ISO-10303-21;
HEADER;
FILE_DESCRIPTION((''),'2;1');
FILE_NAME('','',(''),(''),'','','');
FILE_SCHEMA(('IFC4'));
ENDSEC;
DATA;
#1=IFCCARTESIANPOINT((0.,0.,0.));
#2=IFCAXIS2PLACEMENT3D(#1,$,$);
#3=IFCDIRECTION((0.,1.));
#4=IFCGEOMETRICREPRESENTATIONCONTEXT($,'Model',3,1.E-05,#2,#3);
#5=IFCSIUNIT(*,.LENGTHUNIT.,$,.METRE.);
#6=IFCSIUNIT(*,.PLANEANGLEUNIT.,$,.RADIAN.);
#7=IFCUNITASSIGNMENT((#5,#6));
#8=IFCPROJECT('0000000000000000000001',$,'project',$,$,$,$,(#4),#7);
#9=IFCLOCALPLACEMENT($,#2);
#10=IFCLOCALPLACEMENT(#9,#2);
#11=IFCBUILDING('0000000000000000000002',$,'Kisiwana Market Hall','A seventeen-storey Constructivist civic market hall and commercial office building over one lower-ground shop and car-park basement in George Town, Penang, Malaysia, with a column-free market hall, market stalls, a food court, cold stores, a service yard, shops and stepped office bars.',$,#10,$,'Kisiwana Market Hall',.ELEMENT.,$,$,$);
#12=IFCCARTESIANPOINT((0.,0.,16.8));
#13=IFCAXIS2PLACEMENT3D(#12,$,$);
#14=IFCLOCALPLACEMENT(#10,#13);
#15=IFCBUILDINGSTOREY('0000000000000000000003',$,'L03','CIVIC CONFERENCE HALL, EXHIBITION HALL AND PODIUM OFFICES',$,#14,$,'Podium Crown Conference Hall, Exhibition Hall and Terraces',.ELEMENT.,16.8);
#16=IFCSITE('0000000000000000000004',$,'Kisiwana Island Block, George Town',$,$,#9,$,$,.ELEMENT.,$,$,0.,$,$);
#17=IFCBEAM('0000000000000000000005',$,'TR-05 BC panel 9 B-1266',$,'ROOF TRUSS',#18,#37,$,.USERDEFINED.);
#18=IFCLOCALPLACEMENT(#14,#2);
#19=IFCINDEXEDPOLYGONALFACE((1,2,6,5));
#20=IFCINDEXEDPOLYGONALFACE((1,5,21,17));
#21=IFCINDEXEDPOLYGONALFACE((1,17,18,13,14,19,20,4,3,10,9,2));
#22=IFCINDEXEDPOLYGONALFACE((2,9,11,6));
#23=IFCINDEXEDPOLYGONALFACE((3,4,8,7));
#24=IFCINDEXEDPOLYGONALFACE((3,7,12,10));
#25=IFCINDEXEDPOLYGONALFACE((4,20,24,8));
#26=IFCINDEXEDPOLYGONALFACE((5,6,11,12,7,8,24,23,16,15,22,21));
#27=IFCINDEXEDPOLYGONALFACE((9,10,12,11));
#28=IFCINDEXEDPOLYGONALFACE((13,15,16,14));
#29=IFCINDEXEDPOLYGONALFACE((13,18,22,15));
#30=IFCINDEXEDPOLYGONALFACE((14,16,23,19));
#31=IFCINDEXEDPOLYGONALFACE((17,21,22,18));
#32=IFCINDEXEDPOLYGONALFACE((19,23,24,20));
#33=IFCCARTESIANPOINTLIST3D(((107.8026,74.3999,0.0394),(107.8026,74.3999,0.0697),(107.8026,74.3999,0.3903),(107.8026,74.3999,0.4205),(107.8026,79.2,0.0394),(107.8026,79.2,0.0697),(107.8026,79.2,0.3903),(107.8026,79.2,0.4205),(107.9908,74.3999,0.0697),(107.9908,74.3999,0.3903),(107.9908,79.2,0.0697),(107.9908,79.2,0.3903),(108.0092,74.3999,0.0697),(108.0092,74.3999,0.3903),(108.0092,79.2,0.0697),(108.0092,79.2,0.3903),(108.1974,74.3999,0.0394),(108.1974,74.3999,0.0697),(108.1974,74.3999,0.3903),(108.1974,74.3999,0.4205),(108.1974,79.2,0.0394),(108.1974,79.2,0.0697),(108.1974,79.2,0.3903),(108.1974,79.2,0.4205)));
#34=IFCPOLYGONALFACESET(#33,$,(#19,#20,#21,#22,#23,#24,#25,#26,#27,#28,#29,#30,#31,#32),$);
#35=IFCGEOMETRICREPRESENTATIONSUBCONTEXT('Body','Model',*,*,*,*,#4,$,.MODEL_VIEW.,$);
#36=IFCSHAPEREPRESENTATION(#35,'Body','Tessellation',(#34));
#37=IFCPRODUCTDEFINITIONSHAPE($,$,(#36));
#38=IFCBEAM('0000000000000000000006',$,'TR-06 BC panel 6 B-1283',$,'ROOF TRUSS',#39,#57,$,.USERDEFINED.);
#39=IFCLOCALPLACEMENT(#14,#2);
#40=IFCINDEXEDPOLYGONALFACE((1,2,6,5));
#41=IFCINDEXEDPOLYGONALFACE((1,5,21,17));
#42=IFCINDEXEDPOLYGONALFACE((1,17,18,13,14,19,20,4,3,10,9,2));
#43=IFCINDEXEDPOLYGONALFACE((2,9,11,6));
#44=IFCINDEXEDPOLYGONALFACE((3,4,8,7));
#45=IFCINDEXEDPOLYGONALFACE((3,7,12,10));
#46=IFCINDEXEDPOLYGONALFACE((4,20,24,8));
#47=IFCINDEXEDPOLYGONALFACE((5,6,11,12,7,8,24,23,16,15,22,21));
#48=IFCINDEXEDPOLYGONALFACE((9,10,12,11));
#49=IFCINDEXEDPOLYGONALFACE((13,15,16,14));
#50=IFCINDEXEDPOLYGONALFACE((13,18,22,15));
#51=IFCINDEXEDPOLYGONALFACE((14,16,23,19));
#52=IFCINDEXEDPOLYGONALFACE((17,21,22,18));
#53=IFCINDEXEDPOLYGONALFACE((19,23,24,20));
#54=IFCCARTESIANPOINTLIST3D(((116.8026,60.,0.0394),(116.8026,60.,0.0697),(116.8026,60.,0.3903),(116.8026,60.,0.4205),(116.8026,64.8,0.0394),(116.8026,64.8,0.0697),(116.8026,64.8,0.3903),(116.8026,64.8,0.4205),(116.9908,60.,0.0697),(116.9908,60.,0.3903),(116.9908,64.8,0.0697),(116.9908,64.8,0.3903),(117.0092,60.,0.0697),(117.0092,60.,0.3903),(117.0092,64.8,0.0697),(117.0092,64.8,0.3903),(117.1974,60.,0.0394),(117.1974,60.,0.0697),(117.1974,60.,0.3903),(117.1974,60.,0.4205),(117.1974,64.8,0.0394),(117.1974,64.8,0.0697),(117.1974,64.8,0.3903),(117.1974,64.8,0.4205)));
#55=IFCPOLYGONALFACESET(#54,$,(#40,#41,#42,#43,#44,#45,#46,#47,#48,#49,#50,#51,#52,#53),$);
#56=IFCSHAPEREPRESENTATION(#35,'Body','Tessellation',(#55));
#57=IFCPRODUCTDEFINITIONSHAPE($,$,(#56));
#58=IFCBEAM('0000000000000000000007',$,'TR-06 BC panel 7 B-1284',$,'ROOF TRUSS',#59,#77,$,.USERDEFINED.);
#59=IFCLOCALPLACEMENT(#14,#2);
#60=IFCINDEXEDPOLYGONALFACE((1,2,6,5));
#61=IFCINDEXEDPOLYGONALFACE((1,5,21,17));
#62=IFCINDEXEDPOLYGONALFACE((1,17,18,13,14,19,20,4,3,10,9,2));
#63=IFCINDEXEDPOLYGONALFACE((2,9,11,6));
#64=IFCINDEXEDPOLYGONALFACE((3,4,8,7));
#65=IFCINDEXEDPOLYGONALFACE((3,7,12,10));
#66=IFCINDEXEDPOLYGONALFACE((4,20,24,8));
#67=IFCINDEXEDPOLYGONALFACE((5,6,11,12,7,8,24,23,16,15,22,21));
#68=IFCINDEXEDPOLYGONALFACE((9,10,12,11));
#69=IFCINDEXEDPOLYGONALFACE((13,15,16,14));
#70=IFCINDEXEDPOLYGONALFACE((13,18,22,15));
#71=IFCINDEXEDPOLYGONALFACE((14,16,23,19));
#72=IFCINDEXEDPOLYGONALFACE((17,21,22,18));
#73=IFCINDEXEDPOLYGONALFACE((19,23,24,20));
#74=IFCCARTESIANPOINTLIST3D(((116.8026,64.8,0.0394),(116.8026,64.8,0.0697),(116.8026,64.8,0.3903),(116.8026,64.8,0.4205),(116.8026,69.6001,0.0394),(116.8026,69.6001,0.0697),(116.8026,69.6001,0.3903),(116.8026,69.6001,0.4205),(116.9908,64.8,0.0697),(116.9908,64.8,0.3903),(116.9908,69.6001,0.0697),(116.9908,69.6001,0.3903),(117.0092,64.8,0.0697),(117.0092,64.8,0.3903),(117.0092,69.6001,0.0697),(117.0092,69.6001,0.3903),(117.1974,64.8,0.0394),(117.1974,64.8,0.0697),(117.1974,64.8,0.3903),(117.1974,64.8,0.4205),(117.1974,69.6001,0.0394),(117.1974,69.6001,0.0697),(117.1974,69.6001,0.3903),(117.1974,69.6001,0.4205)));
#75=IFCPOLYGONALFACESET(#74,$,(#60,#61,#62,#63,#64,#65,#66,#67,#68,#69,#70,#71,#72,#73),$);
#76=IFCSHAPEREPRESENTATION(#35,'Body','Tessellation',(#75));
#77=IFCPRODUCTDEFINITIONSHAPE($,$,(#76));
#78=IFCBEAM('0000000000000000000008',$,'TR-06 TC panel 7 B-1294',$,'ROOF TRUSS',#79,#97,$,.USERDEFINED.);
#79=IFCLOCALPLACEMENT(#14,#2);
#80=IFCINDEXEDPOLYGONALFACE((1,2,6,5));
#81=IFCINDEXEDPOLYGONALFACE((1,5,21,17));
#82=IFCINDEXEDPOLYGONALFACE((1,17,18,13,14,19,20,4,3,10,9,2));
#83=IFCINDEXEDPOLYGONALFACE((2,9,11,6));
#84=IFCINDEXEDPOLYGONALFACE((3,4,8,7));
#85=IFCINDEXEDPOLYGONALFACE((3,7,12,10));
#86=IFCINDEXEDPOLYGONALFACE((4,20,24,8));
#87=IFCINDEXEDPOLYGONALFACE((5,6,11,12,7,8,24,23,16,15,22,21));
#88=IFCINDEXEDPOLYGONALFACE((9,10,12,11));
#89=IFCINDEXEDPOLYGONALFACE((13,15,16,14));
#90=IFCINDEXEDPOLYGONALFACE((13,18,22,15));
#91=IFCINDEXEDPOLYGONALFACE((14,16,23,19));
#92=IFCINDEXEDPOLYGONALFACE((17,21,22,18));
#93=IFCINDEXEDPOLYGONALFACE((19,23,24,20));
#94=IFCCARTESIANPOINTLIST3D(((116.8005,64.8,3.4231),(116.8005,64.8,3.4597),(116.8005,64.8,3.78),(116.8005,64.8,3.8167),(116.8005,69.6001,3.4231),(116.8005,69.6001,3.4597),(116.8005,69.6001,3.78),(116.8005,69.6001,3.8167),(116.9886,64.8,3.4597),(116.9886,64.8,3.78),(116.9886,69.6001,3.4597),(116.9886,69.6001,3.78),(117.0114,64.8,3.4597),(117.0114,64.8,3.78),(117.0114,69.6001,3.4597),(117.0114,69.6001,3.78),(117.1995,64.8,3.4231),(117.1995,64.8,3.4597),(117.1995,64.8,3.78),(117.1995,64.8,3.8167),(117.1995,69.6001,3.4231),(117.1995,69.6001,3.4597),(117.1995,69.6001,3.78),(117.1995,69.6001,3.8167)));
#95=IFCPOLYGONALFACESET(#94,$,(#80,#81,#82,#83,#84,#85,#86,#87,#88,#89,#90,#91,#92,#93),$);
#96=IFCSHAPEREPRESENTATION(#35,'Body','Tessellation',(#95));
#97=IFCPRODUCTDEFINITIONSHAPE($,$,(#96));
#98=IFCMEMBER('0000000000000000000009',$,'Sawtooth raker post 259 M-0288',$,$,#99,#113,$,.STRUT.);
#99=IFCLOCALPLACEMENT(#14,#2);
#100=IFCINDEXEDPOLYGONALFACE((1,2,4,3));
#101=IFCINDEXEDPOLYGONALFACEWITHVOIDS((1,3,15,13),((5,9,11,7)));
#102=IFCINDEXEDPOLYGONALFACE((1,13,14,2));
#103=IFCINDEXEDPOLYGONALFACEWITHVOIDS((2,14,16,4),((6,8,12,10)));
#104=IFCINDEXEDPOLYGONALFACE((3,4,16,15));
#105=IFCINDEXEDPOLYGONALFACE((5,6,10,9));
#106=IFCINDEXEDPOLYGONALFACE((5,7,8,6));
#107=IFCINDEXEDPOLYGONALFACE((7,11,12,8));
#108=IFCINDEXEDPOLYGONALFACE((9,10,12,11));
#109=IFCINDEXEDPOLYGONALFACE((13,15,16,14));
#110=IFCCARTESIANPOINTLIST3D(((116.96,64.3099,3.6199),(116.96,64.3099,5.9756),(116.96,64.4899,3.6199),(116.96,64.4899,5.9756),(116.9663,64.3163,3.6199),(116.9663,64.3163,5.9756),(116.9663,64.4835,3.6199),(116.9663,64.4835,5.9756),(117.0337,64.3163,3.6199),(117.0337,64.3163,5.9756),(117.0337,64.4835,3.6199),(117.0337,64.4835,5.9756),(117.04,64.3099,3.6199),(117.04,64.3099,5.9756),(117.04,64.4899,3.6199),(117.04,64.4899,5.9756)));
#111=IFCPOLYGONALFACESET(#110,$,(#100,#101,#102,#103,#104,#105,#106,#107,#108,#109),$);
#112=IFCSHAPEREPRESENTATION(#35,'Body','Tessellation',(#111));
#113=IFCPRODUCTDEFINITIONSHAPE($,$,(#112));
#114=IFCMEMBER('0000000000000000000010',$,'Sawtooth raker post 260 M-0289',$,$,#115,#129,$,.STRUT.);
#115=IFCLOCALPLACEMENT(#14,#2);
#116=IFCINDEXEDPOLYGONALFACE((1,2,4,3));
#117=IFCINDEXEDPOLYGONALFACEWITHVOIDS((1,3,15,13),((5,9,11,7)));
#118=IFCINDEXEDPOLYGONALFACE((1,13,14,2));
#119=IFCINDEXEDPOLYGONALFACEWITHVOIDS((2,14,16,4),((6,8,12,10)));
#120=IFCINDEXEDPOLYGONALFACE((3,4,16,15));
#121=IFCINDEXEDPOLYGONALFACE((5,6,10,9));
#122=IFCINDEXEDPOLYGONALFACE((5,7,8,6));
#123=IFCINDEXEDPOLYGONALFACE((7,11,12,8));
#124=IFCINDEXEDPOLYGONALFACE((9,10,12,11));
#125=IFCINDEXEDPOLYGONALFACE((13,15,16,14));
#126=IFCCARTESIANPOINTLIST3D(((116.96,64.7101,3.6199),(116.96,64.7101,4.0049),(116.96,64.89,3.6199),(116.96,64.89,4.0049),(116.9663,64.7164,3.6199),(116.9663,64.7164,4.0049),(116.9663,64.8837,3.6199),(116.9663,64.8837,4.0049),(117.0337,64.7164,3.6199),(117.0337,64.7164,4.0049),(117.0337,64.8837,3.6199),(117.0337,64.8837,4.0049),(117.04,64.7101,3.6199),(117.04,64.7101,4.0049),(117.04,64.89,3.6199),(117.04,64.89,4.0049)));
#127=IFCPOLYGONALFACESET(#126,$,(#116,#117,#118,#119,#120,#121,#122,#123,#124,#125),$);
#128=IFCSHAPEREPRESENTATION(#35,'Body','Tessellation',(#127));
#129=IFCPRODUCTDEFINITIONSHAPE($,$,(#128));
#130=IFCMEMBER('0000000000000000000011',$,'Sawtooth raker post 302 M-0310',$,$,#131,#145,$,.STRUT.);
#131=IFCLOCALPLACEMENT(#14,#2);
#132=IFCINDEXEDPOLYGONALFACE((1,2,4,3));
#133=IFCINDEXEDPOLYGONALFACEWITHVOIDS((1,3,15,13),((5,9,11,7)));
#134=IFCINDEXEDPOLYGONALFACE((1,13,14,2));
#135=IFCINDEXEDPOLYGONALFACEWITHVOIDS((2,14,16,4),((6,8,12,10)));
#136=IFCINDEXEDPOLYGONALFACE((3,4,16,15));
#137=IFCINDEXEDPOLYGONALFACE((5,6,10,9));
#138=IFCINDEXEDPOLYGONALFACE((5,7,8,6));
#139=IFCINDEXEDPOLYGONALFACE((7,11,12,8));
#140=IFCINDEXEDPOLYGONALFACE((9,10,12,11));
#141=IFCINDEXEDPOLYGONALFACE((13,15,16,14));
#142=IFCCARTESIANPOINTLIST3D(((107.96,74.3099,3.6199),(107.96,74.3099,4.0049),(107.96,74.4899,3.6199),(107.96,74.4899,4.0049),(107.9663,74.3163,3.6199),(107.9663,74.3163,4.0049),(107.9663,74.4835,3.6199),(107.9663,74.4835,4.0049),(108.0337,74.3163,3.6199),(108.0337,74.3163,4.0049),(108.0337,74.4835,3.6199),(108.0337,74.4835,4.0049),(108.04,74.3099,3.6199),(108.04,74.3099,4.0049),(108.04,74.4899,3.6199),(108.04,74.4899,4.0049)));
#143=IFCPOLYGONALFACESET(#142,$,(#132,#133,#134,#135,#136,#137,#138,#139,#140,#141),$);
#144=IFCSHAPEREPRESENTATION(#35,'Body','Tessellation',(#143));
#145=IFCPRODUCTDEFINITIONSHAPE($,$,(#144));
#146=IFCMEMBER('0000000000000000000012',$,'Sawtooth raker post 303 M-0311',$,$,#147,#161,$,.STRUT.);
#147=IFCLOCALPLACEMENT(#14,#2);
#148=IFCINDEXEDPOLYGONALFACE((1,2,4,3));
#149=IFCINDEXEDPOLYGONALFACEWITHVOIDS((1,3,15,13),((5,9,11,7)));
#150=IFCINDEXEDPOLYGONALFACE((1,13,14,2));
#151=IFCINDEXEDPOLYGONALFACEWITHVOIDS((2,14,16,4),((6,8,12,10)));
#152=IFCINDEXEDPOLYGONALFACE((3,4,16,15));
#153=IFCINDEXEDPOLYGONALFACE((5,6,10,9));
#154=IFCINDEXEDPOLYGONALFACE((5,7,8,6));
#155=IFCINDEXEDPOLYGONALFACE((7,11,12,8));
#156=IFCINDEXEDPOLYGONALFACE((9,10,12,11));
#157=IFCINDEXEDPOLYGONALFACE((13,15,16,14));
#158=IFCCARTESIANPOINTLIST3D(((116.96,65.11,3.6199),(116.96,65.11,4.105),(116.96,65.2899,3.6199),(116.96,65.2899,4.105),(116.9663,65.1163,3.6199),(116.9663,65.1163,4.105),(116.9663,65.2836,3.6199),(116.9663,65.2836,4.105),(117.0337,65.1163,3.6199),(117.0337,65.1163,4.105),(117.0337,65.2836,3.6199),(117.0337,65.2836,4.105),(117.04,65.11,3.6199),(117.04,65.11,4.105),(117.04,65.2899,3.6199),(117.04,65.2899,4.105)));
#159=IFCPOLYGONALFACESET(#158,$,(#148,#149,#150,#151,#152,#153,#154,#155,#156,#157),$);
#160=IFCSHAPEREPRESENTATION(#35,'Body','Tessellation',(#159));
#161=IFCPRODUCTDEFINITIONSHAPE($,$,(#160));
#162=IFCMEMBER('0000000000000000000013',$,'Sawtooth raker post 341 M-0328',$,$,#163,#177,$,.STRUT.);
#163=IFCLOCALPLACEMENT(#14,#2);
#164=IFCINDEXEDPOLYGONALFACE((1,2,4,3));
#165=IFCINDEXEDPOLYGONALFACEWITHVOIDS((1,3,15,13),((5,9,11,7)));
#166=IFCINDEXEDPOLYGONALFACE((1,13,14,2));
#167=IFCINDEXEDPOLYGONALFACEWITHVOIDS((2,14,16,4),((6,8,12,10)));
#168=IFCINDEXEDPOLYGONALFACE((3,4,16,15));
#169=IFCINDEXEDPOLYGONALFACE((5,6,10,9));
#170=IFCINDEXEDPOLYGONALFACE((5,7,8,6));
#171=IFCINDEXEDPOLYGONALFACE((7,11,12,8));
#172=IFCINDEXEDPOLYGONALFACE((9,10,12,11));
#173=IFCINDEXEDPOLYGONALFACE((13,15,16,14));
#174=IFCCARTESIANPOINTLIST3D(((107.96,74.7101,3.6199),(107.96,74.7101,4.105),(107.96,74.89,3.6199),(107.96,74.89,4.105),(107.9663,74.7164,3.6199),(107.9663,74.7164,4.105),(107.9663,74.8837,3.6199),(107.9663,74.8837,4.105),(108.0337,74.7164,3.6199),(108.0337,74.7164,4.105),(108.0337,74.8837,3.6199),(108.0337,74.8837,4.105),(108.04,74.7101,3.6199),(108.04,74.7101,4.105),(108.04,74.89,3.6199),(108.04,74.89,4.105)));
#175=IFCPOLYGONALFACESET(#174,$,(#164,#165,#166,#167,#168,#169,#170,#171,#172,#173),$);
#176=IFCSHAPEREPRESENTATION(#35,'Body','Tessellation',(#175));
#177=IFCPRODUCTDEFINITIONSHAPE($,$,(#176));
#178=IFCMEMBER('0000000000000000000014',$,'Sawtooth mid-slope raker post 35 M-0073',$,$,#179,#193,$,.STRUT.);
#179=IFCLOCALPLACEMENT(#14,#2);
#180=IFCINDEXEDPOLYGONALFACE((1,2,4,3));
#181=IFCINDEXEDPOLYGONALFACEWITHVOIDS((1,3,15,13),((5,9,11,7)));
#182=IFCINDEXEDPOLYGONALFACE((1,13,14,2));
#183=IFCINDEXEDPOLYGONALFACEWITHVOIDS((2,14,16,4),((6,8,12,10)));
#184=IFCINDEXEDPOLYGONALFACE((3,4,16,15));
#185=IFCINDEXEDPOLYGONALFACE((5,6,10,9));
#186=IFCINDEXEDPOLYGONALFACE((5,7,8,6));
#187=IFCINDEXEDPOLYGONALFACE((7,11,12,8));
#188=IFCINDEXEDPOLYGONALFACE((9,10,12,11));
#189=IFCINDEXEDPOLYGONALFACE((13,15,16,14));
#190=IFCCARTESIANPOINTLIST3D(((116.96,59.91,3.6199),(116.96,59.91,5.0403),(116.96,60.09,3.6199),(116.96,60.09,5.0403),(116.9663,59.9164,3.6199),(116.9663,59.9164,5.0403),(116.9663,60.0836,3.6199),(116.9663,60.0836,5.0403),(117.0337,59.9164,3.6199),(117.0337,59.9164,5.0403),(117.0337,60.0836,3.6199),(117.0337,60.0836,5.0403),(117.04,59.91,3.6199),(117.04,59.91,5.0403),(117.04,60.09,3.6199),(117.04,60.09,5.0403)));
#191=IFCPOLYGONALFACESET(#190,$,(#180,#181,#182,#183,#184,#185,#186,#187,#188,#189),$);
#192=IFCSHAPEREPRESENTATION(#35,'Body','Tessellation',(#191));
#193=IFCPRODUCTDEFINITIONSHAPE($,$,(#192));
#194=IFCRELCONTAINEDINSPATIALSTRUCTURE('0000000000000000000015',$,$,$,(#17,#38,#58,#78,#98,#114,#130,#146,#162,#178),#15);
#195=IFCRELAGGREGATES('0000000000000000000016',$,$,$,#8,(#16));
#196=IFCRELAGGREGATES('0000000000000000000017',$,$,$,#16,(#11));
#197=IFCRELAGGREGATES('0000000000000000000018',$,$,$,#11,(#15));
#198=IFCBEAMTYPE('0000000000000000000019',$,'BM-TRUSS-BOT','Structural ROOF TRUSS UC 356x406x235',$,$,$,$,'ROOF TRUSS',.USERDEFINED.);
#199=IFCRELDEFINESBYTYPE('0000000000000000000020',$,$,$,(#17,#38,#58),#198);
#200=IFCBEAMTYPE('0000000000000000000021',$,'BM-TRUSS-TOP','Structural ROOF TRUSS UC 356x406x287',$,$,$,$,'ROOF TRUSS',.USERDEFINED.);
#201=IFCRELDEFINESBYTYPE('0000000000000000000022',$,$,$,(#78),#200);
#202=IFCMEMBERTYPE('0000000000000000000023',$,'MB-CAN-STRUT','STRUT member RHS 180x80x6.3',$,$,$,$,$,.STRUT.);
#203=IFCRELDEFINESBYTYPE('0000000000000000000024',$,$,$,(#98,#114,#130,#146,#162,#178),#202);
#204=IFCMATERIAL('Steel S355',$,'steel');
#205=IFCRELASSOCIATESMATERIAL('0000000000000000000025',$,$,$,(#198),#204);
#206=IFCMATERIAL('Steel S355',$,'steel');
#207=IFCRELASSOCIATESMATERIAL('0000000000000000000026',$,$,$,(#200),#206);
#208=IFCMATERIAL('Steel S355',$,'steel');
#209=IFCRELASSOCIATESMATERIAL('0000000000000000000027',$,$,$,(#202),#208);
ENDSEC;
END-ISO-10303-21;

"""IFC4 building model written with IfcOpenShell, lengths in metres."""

from ifc_helpers import new_model, si_unit, direction, frame, origin, origin_2d, place, context, subcontext, project, spatial, hollow_rectangle, i_section, extrude, material, material_profile, profile_set, type_object, element, save


model = new_model("IFC4")

# Units and contexts
model_context = context("Model", 3, precision=1e-05, world=origin(), true_north=direction((0.0, 1.0)))
body_context = subcontext(model_context, "Body", "Model", "MODEL_VIEW")
ifc_project = project(units=[si_unit("LENGTHUNIT", "METRE"), si_unit("PLANEANGLEUNIT", "RADIAN")], contexts=[model_context])

# Site, building, storey
site_placement = place(None, origin())
site = spatial("IfcSite", under=ifc_project, at=site_placement, Name="Kisiwana Island Block, George Town", CompositionType="ELEMENT", RefElevation=0.0)
building_placement = place(site_placement, origin())
building = spatial("IfcBuilding", under=site, at=building_placement, Name="Kisiwana Market Hall", Description="A seventeen-storey Constructivist civic market hall and commercial office building over one lower-ground shop and car-park basement in George Town, Penang, Malaysia, with a column-free market hall, market stalls, a food court, cold stores, a service yard, shops and stepped office bars.", LongName="Kisiwana Market Hall", CompositionType="ELEMENT")
storey_placement = place(building_placement, frame((0.0, 0.0, 16.8)))
storey = spatial("IfcBuildingStorey", under=building, at=storey_placement, Name="L03", Description="CIVIC CONFERENCE HALL, EXHIBITION HALL AND PODIUM OFFICES", LongName="Podium Crown Conference Hall, Exhibition Hall and Terraces", CompositionType="ELEMENT", Elevation=16.8)

# Beams
ifc_material_1 = material(Name="Steel S355", Category="steel")
ifc_material_profile_1 = material_profile(ifc_material_1, i_section(OverallWidth=0.3948, OverallDepth=0.3811, WebThickness=0.0183, FlangeThickness=0.0303, at=origin_2d()), Name="UC 356x406x235")
ifc_profile_set_1 = profile_set([ifc_material_profile_1], Name="Steel S355")
beam_type_1 = type_object("IfcBeamType", Name="BM-TRUSS-BOT", Description="Structural ROOF TRUSS UC 356x406x235", ElementType="ROOF TRUSS", PredefinedType="USERDEFINED", material=ifc_profile_set_1)
for number, where, z_axis, x_axis, name in (
    (1, (108.0, 74.3999, 0.23), (0.0, 1.0, 0.0), (-1.0, 0.0, 0.0), "TR-05 BC panel 9 B-1266"),
    (2, (117.0, 60.0, 0.23), (0.0, 1.0, 0.0), (-1.0, 0.0, 0.0), "TR-06 BC panel 6 B-1283"),
    (3, (117.0, 64.8, 0.23), (0.0, 1.0, 0.0), (-1.0, 0.0, 0.0), "TR-06 BC panel 7 B-1284"),
):
    element("IfcBeam", number, at=place(storey_placement, frame(where, z_axis=z_axis, x_axis=x_axis)), inside=storey, type_object=beam_type_1, Name=name, ObjectType="ROOF TRUSS", PredefinedType="USERDEFINED", context=body_context, shape_type="SweptSolid", body=[
        extrude(i_section(OverallWidth=0.3948, OverallDepth=0.3811, WebThickness=0.0183, FlangeThickness=0.0303, at=origin_2d()), origin(), (0.0, 0.0, 1.0), 4.8),
    ])
ifc_material_2 = material(Name="Steel S355", Category="steel")
ifc_material_profile_2 = material_profile(ifc_material_2, i_section(OverallWidth=0.3989, OverallDepth=0.3936, WebThickness=0.0227, FlangeThickness=0.0366, at=origin_2d()), Name="UC 356x406x287")
ifc_profile_set_2 = profile_set([ifc_material_profile_2], Name="Steel S355")
beam_type_2 = type_object("IfcBeamType", Name="BM-TRUSS-TOP", Description="Structural ROOF TRUSS UC 356x406x287", ElementType="ROOF TRUSS", PredefinedType="USERDEFINED", material=ifc_profile_set_2)
beam_placement = place(storey_placement, frame((117.0, 64.8, 3.6199), z_axis=(0.0, 1.0, 0.0), x_axis=(-1.0, 0.0, 0.0)))
element("IfcBeam", 4, at=beam_placement, inside=storey, type_object=beam_type_2, Name="TR-06 TC panel 7 B-1294", ObjectType="ROOF TRUSS", PredefinedType="USERDEFINED", context=body_context, shape_type="SweptSolid", body=[
    extrude(i_section(OverallWidth=0.3989, OverallDepth=0.3936, WebThickness=0.0227, FlangeThickness=0.0366, at=origin_2d()), origin(), (0.0, 0.0, 1.0), 4.8),
])

# Members
ifc_material_3 = material(Name="Steel S355", Category="steel")
ifc_material_profile_3 = material_profile(ifc_material_3, hollow_rectangle(XDim=0.0801, YDim=0.1799, WallThickness=0.0063, at=origin_2d()), Name="RHS 180x80x6.3")
ifc_profile_set_3 = profile_set([ifc_material_profile_3], Name="Steel S355")
member_type_1 = type_object("IfcMemberType", Name="MB-CAN-STRUT", Description="STRUT member RHS 180x80x6.3", PredefinedType="STRUT", material=ifc_profile_set_3)
member_1_placement = place(storey_placement, frame((117.0, 64.3999, 3.6199), z_axis=(0.0, 0.0, 1.0), x_axis=(1.0, 0.0, 0.0)))
element("IfcMember", 5, at=member_1_placement, inside=storey, type_object=member_type_1, Name="Sawtooth raker post 259 M-0288", PredefinedType="STRUT", context=body_context, shape_type="SweptSolid", body=[
    extrude(hollow_rectangle(XDim=0.0801, YDim=0.1799, WallThickness=0.0063, at=origin_2d()), origin(), (0.0, 0.0, 1.0), 2.3557),
])
for number, where, z_axis, x_axis, name in (
    (6, (117.0, 64.8, 3.6199), (0.0, 0.0, 1.0), (1.0, 0.0, 0.0), "Sawtooth raker post 260 M-0289"),
    (7, (108.0, 74.3999, 3.6199), (0.0, 0.0, 1.0), (1.0, 0.0, 0.0), "Sawtooth raker post 302 M-0310"),
):
    element("IfcMember", number, at=place(storey_placement, frame(where, z_axis=z_axis, x_axis=x_axis)), inside=storey, type_object=member_type_1, Name=name, PredefinedType="STRUT", context=body_context, shape_type="SweptSolid", body=[
        extrude(hollow_rectangle(XDim=0.0801, YDim=0.1799, WallThickness=0.0063, at=origin_2d()), origin(), (0.0, 0.0, 1.0), 0.385),
    ])
for number, where, z_axis, x_axis, name in (
    (8, (117.0, 65.2, 3.6199), (0.0, 0.0, 1.0), (1.0, 0.0, 0.0), "Sawtooth raker post 303 M-0311"),
    (9, (108.0, 74.8, 3.6199), (0.0, 0.0, 1.0), (1.0, 0.0, 0.0), "Sawtooth raker post 341 M-0328"),
):
    element("IfcMember", number, at=place(storey_placement, frame(where, z_axis=z_axis, x_axis=x_axis)), inside=storey, type_object=member_type_1, Name=name, PredefinedType="STRUT", context=body_context, shape_type="SweptSolid", body=[
        extrude(hollow_rectangle(XDim=0.0801, YDim=0.1799, WallThickness=0.0063, at=origin_2d()), origin(), (0.0, 0.0, 1.0), 0.4851),
    ])
member_2_placement = place(storey_placement, frame((117.0, 60.0, 3.6199), z_axis=(0.0, 0.0, 1.0), x_axis=(1.0, 0.0, 0.0)))
element("IfcMember", 10, at=member_2_placement, inside=storey, type_object=member_type_1, Name="Sawtooth mid-slope raker post 35 M-0073", PredefinedType="STRUT", context=body_context, shape_type="SweptSolid", body=[
    extrude(hollow_rectangle(XDim=0.0801, YDim=0.1799, WallThickness=0.0063, at=origin_2d()), origin(), (0.0, 0.0, 1.0), 1.4204),
])

save(model, "model.ifc")
